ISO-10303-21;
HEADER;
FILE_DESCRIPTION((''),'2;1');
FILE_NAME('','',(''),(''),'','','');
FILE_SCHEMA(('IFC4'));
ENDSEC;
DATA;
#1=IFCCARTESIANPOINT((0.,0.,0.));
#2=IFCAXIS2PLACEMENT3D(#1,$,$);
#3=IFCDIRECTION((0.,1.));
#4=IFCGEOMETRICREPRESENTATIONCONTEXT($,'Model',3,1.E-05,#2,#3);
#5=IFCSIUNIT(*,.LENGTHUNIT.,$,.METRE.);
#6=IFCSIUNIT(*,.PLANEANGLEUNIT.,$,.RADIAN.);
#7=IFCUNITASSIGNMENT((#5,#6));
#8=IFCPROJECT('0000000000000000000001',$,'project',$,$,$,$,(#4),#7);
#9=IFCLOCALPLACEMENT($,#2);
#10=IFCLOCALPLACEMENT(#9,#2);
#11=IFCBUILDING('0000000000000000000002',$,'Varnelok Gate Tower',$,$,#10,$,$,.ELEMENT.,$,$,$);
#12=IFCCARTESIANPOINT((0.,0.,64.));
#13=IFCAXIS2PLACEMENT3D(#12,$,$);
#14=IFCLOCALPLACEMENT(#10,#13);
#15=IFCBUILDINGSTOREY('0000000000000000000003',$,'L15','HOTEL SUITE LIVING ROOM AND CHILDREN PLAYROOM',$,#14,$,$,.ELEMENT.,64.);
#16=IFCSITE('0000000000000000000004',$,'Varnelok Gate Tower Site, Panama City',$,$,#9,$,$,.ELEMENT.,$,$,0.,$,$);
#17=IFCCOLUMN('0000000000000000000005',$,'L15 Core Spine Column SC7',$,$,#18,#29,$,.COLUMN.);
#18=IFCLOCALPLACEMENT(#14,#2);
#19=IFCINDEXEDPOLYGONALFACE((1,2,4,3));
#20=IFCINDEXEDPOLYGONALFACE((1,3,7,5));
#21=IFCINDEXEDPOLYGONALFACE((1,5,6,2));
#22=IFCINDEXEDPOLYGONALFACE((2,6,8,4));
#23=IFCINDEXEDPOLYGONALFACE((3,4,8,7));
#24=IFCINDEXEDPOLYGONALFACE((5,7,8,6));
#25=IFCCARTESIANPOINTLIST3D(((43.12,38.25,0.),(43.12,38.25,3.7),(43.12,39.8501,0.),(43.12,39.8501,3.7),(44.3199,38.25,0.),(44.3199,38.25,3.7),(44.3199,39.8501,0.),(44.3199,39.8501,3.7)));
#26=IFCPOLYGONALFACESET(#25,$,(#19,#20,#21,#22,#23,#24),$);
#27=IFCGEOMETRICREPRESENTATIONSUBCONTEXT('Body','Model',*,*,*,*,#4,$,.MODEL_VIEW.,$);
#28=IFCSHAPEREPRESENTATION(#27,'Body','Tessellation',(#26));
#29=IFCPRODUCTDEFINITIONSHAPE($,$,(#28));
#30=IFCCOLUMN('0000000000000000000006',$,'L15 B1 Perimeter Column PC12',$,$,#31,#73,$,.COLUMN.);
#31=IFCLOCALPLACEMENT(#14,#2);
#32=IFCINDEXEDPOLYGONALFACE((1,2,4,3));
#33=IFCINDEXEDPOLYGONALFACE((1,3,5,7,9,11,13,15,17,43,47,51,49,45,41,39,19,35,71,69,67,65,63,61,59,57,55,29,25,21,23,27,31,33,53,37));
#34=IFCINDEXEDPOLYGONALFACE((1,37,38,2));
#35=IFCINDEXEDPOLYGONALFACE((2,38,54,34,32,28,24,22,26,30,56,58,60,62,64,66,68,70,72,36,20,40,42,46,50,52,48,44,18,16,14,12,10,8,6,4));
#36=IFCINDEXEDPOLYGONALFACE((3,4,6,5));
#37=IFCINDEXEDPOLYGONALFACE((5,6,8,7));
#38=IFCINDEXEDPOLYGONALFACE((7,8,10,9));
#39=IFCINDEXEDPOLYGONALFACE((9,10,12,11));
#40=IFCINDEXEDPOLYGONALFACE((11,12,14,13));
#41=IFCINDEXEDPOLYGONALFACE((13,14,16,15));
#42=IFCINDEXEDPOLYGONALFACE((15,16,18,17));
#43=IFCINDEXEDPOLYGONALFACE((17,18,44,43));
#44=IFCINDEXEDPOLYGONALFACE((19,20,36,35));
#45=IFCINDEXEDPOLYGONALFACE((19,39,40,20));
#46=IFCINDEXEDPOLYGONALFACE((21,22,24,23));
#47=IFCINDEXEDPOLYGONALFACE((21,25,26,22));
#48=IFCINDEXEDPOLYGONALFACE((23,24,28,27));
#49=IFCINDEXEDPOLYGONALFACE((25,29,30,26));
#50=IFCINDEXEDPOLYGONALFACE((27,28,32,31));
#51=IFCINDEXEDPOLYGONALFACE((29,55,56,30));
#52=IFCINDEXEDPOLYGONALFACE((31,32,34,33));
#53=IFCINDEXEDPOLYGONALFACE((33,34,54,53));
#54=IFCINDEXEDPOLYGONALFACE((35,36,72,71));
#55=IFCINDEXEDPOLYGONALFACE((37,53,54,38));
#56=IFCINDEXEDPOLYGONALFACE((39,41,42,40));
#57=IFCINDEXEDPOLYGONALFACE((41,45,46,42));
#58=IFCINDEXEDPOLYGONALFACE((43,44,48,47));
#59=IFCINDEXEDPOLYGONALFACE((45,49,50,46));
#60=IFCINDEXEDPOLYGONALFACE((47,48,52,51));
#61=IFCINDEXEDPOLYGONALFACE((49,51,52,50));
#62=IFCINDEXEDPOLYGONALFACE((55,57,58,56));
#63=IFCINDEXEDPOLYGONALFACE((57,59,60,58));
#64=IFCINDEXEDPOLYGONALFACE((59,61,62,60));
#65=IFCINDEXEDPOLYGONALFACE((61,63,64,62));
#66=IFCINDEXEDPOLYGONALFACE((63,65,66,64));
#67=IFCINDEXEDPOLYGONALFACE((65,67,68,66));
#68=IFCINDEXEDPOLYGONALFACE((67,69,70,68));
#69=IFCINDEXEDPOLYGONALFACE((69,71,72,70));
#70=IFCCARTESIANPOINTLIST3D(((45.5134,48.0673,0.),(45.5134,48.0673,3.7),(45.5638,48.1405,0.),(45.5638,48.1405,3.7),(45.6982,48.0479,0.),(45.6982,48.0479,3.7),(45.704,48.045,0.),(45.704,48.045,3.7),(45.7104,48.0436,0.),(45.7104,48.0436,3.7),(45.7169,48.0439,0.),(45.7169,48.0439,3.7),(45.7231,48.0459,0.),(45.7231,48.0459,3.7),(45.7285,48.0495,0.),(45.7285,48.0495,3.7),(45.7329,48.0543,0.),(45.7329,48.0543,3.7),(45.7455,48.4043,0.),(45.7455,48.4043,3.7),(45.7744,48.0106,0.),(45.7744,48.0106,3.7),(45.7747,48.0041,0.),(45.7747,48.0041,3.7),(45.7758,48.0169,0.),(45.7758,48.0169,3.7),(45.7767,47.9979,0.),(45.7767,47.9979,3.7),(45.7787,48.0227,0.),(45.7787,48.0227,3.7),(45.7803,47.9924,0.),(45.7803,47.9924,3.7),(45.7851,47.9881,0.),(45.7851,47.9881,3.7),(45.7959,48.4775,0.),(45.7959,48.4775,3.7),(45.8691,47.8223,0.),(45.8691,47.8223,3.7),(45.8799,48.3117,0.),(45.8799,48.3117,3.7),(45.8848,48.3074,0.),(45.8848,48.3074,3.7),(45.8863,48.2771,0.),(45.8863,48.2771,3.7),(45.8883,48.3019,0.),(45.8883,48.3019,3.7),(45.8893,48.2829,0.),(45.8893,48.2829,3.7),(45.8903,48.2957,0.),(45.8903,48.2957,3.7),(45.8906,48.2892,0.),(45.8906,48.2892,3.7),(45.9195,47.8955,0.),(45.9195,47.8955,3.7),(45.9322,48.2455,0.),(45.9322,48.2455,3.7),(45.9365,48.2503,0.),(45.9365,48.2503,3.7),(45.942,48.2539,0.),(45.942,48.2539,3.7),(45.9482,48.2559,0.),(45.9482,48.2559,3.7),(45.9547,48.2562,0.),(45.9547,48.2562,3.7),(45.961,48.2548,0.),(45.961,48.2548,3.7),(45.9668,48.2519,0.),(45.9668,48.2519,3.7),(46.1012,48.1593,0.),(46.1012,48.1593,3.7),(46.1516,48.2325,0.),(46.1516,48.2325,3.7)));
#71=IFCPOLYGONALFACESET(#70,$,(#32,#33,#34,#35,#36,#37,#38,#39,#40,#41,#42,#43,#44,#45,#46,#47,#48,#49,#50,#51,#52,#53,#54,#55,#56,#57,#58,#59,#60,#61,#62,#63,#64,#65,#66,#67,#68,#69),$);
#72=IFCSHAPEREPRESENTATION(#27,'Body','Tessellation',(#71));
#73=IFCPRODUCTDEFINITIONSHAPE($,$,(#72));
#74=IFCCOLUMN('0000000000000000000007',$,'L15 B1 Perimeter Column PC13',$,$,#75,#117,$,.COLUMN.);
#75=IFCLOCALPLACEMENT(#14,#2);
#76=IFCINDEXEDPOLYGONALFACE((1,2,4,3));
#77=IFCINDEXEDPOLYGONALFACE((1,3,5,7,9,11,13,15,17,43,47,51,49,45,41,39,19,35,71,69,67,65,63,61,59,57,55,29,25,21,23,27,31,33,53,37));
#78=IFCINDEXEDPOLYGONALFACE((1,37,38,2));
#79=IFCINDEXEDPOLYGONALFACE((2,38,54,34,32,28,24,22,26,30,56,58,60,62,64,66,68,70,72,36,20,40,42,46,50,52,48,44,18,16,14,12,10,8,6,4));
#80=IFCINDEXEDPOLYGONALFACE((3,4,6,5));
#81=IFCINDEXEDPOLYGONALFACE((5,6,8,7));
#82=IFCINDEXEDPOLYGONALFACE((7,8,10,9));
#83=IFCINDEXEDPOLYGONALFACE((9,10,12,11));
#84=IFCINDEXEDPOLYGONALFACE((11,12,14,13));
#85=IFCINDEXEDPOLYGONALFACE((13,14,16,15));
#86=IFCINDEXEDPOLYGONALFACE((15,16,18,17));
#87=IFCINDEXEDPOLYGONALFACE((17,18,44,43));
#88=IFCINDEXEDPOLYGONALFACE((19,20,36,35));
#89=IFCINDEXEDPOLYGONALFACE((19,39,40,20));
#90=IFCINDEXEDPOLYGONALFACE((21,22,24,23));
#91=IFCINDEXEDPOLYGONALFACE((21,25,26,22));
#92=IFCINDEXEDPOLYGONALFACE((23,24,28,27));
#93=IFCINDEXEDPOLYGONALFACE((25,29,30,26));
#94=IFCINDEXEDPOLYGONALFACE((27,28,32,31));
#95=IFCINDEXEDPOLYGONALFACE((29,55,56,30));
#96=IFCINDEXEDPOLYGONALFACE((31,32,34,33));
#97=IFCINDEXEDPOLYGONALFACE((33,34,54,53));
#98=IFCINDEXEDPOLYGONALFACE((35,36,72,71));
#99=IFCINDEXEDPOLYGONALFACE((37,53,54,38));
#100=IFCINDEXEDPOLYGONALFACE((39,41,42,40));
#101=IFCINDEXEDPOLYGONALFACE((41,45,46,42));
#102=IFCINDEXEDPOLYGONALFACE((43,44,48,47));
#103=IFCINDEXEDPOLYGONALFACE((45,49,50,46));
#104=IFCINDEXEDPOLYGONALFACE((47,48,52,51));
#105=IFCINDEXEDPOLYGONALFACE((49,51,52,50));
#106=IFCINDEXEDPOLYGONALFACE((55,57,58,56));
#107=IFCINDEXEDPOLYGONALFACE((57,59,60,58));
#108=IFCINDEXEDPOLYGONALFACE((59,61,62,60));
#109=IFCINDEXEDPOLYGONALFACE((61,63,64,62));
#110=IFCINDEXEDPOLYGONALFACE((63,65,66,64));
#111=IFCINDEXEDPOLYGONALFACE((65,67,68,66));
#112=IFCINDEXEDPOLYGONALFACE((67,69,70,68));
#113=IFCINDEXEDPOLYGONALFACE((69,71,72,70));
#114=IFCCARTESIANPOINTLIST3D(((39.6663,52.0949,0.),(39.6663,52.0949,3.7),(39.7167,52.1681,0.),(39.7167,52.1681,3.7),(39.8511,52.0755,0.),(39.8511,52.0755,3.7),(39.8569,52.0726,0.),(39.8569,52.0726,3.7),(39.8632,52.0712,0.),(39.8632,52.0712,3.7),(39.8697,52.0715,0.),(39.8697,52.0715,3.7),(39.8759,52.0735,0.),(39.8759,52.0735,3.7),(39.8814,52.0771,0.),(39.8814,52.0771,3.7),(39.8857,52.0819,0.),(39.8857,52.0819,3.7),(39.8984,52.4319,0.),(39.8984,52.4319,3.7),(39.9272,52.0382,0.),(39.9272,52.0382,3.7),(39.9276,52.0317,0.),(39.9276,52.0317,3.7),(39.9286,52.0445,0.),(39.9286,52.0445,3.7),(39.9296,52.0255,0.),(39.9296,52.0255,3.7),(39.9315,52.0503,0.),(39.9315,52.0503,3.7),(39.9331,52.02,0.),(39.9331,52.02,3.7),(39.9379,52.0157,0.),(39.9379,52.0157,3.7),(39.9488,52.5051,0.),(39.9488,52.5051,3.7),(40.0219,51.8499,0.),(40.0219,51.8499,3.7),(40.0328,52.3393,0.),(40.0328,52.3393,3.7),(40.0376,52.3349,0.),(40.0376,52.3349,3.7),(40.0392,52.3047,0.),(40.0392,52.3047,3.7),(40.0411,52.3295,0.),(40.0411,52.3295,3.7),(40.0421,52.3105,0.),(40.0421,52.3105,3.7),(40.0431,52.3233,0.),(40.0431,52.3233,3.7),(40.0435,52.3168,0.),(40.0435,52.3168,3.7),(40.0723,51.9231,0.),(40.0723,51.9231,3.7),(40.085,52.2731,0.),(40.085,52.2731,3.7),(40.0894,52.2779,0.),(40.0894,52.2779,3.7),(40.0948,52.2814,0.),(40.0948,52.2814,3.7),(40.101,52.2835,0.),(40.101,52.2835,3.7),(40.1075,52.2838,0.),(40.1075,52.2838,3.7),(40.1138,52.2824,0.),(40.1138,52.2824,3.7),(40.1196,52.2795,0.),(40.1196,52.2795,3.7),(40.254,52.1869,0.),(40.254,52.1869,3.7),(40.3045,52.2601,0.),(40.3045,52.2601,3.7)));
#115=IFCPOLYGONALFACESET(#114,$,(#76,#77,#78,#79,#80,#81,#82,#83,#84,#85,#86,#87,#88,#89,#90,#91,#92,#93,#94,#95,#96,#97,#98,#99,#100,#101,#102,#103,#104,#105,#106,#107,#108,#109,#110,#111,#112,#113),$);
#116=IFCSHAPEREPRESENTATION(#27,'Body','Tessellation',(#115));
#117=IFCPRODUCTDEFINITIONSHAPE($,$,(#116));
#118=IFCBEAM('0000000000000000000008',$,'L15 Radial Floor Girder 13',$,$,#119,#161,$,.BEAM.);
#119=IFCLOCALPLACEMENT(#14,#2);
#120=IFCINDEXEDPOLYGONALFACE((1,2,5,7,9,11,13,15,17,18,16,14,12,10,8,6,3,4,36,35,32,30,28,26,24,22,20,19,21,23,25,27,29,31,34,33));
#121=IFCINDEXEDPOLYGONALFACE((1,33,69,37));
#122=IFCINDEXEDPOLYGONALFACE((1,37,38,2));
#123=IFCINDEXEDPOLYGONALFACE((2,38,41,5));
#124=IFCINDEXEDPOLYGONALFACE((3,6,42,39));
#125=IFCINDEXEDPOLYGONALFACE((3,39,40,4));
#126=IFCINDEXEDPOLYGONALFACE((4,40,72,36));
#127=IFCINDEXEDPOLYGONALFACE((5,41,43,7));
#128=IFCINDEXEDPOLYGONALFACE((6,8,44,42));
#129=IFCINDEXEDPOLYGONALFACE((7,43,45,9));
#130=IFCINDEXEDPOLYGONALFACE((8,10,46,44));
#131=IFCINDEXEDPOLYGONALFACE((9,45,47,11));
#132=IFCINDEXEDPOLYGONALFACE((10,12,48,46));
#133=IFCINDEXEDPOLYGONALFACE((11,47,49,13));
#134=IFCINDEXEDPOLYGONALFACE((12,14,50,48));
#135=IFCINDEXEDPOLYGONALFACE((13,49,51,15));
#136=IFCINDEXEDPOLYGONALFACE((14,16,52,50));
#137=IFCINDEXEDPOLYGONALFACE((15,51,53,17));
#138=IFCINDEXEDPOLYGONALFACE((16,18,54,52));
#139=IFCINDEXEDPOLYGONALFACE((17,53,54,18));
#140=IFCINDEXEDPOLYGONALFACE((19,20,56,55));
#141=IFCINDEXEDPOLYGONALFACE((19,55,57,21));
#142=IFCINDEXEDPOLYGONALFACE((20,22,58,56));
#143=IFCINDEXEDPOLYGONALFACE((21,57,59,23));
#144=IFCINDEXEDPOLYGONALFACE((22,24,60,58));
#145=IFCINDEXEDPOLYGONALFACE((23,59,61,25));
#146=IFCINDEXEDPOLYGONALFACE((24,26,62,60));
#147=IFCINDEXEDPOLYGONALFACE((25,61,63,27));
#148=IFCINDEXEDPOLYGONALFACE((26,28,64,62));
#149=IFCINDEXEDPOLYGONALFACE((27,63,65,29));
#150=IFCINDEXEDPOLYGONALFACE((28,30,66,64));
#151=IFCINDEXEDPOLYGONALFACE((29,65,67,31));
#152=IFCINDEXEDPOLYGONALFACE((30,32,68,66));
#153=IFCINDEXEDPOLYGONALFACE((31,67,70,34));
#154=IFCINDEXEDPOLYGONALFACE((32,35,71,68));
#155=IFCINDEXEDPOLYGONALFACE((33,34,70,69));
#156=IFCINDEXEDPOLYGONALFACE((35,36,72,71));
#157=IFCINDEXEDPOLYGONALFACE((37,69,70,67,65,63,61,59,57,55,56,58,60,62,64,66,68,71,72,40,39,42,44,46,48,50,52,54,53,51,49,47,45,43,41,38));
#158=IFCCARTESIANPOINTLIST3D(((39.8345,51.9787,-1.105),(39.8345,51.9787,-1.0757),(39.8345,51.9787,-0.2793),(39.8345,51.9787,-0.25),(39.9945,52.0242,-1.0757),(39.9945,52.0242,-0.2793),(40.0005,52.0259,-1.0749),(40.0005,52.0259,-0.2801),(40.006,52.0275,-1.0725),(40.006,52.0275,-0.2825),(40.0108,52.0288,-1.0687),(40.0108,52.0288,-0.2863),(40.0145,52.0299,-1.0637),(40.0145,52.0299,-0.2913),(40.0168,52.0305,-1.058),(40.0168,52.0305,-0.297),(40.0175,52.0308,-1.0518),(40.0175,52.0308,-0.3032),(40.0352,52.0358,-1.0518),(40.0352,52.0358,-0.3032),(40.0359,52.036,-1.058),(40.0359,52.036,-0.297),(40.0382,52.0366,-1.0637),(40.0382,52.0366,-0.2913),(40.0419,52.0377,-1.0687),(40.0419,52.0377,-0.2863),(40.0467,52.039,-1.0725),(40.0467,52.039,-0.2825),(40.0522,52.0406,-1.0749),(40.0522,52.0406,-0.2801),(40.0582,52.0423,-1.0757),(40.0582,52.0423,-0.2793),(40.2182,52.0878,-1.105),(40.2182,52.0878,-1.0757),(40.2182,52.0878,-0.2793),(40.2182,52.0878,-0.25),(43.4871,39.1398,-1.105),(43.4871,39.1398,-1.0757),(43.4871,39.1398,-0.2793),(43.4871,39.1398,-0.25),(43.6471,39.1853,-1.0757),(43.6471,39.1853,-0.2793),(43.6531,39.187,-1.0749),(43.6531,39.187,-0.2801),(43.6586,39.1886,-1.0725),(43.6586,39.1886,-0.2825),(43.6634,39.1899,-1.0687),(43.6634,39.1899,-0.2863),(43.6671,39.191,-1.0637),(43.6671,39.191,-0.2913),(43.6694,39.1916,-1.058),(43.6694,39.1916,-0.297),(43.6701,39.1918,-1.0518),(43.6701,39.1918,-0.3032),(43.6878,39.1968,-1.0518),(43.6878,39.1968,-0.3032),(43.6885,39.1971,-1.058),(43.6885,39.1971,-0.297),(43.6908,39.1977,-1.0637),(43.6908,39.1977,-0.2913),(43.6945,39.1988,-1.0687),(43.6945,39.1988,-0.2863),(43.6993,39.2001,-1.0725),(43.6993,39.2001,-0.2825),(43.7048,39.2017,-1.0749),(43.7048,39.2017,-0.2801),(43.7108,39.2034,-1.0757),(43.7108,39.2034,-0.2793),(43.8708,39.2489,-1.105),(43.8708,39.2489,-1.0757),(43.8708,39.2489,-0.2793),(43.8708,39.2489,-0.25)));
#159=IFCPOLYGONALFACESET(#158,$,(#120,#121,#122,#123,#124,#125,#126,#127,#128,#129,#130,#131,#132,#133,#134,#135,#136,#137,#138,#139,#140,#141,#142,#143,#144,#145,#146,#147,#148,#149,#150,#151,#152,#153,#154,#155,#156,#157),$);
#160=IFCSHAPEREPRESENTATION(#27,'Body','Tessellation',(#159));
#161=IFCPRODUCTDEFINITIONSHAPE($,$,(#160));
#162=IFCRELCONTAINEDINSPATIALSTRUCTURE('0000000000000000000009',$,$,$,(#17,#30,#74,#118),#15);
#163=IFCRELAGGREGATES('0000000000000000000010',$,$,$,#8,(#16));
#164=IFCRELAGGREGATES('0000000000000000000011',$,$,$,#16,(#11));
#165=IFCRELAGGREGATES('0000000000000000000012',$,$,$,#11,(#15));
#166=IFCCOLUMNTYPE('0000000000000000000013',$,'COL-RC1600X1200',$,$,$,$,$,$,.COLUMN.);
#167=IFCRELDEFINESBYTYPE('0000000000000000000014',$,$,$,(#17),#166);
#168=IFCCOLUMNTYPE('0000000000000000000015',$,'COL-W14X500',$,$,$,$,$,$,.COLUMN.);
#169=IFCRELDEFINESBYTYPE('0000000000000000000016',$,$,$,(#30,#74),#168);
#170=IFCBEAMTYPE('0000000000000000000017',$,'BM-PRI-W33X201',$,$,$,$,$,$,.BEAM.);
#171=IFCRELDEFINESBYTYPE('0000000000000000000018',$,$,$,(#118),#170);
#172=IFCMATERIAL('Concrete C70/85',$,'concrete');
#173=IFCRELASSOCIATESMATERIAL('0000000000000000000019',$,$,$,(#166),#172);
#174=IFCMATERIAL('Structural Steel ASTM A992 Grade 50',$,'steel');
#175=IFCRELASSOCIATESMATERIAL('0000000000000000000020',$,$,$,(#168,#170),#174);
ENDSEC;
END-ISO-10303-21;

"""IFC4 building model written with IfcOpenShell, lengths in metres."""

from ifc_helpers import new_model, si_unit, direction, frame, origin, origin_2d, place, context, subcontext, project, spatial, rectangle, i_section, extrude, material, material_profile, profile_set, type_object, element, save


model = new_model("IFC4")

# Units and contexts
model_context = context("Model", 3, precision=1e-05, world=origin(), true_north=direction((0.0, 1.0)))
body_context = subcontext(model_context, "Body", "Model", "MODEL_VIEW")
ifc_project = project(units=[si_unit("LENGTHUNIT", "METRE"), si_unit("PLANEANGLEUNIT", "RADIAN")], contexts=[model_context])

# Site, building, storey
site_placement = place(None, origin())
site = spatial("IfcSite", under=ifc_project, at=site_placement, Name="Varnelok Gate Tower Site, Panama City", CompositionType="ELEMENT", RefElevation=0.0)
building_placement = place(site_placement, origin())
building = spatial("IfcBuilding", under=site, at=building_placement, Name="Varnelok Gate Tower", CompositionType="ELEMENT")
storey_placement = place(building_placement, frame((0.0, 0.0, 64.0)))
storey = spatial("IfcBuildingStorey", under=building, at=storey_placement, Name="L15", Description="HOTEL SUITE LIVING ROOM AND CHILDREN PLAYROOM", CompositionType="ELEMENT", Elevation=64.0)

# Columns
ifc_material_1 = material(Name="Concrete C70/85", Category="concrete")
ifc_material_profile_1 = material_profile(ifc_material_1, rectangle(XDim=1.2, YDim=1.6001, at=origin_2d()), Name="RC1600X1200")
ifc_profile_set_1 = profile_set([ifc_material_profile_1], Name="Concrete C70/85")
column_type_1 = type_object("IfcColumnType", Name="COL-RC1600X1200", PredefinedType="COLUMN", material=ifc_profile_set_1)
column_placement = place(storey_placement, frame((43.72, 39.05, 0.0), z_axis=(0.0, 0.0, 1.0), x_axis=(1.0, 0.0, 0.0)))
element("IfcColumn", 1, at=column_placement, inside=storey, type_object=column_type_1, Name="L15 Core Spine Column SC7", PredefinedType="COLUMN", context=body_context, shape_type="SweptSolid", body=[
    extrude(rectangle(XDim=1.2, YDim=1.6001, at=origin_2d()), origin(), (0.0, 0.0, 1.0), 3.7),
])
ifc_material_2 = material(Name="Structural Steel ASTM A992 Grade 50", Category="steel")
ifc_material_profile_2 = material_profile(ifc_material_2, i_section(OverallWidth=0.4319, OverallDepth=0.498, WebThickness=0.0557, FlangeThickness=0.0889, FilletRadius=0.0249, at=origin_2d()), Name="W14X500")
ifc_profile_set_2 = profile_set([ifc_material_profile_2], Name="Structural Steel ASTM A992 Grade 50")
column_type_2 = type_object("IfcColumnType", Name="COL-W14X500", PredefinedType="COLUMN", material=ifc_profile_set_2)
for number, where, z_axis, x_axis, name in (
    (2, (45.8325, 48.1499, 0.0), (0.0, 0.0, 1.0), (0.823533, -0.567269, 0.0), "L15 B1 Perimeter Column PC12"),
    (3, (39.9854, 52.1775, 0.0), (0.0, 0.0, 1.0), (0.823533, -0.567269, 0.0), "L15 B1 Perimeter Column PC13"),
):
    element("IfcColumn", number, at=place(storey_placement, frame(where, z_axis=z_axis, x_axis=x_axis)), inside=storey, type_object=column_type_2, Name=name, PredefinedType="COLUMN", context=body_context, shape_type="SweptSolid", body=[
        extrude(i_section(OverallWidth=0.4319, OverallDepth=0.498, WebThickness=0.0557, FlangeThickness=0.0889, FilletRadius=0.0249, at=origin_2d()), origin(), (0.0, 0.0, 1.0), 3.7),
    ])

# Beam
ifc_material_profile_3 = material_profile(ifc_material_2, i_section(OverallWidth=0.3989, OverallDepth=0.855, WebThickness=0.0183, FlangeThickness=0.0293, FilletRadius=0.0239, at=origin_2d()), Name="W33X201")
ifc_profile_set_3 = profile_set([ifc_material_profile_3], Name="Structural Steel ASTM A992 Grade 50")
beam_type_1 = type_object("IfcBeamType", Name="BM-PRI-W33X201", PredefinedType="BEAM", material=ifc_profile_set_3)
beam_1_placement = place(storey_placement, frame((43.679, 39.1943, -0.6775), z_axis=(-0.273636, 0.961833, 0.0), x_axis=(-0.961833, -0.273636, 0.0)))
element("IfcBeam", 4, at=beam_1_placement, inside=storey, type_object=beam_type_1, Name="L15 Radial Floor Girder 13", PredefinedType="BEAM", context=body_context, shape_type="SweptSolid", body=[
    extrude(i_section(OverallWidth=0.3989, OverallDepth=0.855, WebThickness=0.0183, FlangeThickness=0.0293, FilletRadius=0.0239, at=origin_2d()), origin(), (0.0, 0.0, 1.0), 13.3484),
])

save(model, "model.ifc")
